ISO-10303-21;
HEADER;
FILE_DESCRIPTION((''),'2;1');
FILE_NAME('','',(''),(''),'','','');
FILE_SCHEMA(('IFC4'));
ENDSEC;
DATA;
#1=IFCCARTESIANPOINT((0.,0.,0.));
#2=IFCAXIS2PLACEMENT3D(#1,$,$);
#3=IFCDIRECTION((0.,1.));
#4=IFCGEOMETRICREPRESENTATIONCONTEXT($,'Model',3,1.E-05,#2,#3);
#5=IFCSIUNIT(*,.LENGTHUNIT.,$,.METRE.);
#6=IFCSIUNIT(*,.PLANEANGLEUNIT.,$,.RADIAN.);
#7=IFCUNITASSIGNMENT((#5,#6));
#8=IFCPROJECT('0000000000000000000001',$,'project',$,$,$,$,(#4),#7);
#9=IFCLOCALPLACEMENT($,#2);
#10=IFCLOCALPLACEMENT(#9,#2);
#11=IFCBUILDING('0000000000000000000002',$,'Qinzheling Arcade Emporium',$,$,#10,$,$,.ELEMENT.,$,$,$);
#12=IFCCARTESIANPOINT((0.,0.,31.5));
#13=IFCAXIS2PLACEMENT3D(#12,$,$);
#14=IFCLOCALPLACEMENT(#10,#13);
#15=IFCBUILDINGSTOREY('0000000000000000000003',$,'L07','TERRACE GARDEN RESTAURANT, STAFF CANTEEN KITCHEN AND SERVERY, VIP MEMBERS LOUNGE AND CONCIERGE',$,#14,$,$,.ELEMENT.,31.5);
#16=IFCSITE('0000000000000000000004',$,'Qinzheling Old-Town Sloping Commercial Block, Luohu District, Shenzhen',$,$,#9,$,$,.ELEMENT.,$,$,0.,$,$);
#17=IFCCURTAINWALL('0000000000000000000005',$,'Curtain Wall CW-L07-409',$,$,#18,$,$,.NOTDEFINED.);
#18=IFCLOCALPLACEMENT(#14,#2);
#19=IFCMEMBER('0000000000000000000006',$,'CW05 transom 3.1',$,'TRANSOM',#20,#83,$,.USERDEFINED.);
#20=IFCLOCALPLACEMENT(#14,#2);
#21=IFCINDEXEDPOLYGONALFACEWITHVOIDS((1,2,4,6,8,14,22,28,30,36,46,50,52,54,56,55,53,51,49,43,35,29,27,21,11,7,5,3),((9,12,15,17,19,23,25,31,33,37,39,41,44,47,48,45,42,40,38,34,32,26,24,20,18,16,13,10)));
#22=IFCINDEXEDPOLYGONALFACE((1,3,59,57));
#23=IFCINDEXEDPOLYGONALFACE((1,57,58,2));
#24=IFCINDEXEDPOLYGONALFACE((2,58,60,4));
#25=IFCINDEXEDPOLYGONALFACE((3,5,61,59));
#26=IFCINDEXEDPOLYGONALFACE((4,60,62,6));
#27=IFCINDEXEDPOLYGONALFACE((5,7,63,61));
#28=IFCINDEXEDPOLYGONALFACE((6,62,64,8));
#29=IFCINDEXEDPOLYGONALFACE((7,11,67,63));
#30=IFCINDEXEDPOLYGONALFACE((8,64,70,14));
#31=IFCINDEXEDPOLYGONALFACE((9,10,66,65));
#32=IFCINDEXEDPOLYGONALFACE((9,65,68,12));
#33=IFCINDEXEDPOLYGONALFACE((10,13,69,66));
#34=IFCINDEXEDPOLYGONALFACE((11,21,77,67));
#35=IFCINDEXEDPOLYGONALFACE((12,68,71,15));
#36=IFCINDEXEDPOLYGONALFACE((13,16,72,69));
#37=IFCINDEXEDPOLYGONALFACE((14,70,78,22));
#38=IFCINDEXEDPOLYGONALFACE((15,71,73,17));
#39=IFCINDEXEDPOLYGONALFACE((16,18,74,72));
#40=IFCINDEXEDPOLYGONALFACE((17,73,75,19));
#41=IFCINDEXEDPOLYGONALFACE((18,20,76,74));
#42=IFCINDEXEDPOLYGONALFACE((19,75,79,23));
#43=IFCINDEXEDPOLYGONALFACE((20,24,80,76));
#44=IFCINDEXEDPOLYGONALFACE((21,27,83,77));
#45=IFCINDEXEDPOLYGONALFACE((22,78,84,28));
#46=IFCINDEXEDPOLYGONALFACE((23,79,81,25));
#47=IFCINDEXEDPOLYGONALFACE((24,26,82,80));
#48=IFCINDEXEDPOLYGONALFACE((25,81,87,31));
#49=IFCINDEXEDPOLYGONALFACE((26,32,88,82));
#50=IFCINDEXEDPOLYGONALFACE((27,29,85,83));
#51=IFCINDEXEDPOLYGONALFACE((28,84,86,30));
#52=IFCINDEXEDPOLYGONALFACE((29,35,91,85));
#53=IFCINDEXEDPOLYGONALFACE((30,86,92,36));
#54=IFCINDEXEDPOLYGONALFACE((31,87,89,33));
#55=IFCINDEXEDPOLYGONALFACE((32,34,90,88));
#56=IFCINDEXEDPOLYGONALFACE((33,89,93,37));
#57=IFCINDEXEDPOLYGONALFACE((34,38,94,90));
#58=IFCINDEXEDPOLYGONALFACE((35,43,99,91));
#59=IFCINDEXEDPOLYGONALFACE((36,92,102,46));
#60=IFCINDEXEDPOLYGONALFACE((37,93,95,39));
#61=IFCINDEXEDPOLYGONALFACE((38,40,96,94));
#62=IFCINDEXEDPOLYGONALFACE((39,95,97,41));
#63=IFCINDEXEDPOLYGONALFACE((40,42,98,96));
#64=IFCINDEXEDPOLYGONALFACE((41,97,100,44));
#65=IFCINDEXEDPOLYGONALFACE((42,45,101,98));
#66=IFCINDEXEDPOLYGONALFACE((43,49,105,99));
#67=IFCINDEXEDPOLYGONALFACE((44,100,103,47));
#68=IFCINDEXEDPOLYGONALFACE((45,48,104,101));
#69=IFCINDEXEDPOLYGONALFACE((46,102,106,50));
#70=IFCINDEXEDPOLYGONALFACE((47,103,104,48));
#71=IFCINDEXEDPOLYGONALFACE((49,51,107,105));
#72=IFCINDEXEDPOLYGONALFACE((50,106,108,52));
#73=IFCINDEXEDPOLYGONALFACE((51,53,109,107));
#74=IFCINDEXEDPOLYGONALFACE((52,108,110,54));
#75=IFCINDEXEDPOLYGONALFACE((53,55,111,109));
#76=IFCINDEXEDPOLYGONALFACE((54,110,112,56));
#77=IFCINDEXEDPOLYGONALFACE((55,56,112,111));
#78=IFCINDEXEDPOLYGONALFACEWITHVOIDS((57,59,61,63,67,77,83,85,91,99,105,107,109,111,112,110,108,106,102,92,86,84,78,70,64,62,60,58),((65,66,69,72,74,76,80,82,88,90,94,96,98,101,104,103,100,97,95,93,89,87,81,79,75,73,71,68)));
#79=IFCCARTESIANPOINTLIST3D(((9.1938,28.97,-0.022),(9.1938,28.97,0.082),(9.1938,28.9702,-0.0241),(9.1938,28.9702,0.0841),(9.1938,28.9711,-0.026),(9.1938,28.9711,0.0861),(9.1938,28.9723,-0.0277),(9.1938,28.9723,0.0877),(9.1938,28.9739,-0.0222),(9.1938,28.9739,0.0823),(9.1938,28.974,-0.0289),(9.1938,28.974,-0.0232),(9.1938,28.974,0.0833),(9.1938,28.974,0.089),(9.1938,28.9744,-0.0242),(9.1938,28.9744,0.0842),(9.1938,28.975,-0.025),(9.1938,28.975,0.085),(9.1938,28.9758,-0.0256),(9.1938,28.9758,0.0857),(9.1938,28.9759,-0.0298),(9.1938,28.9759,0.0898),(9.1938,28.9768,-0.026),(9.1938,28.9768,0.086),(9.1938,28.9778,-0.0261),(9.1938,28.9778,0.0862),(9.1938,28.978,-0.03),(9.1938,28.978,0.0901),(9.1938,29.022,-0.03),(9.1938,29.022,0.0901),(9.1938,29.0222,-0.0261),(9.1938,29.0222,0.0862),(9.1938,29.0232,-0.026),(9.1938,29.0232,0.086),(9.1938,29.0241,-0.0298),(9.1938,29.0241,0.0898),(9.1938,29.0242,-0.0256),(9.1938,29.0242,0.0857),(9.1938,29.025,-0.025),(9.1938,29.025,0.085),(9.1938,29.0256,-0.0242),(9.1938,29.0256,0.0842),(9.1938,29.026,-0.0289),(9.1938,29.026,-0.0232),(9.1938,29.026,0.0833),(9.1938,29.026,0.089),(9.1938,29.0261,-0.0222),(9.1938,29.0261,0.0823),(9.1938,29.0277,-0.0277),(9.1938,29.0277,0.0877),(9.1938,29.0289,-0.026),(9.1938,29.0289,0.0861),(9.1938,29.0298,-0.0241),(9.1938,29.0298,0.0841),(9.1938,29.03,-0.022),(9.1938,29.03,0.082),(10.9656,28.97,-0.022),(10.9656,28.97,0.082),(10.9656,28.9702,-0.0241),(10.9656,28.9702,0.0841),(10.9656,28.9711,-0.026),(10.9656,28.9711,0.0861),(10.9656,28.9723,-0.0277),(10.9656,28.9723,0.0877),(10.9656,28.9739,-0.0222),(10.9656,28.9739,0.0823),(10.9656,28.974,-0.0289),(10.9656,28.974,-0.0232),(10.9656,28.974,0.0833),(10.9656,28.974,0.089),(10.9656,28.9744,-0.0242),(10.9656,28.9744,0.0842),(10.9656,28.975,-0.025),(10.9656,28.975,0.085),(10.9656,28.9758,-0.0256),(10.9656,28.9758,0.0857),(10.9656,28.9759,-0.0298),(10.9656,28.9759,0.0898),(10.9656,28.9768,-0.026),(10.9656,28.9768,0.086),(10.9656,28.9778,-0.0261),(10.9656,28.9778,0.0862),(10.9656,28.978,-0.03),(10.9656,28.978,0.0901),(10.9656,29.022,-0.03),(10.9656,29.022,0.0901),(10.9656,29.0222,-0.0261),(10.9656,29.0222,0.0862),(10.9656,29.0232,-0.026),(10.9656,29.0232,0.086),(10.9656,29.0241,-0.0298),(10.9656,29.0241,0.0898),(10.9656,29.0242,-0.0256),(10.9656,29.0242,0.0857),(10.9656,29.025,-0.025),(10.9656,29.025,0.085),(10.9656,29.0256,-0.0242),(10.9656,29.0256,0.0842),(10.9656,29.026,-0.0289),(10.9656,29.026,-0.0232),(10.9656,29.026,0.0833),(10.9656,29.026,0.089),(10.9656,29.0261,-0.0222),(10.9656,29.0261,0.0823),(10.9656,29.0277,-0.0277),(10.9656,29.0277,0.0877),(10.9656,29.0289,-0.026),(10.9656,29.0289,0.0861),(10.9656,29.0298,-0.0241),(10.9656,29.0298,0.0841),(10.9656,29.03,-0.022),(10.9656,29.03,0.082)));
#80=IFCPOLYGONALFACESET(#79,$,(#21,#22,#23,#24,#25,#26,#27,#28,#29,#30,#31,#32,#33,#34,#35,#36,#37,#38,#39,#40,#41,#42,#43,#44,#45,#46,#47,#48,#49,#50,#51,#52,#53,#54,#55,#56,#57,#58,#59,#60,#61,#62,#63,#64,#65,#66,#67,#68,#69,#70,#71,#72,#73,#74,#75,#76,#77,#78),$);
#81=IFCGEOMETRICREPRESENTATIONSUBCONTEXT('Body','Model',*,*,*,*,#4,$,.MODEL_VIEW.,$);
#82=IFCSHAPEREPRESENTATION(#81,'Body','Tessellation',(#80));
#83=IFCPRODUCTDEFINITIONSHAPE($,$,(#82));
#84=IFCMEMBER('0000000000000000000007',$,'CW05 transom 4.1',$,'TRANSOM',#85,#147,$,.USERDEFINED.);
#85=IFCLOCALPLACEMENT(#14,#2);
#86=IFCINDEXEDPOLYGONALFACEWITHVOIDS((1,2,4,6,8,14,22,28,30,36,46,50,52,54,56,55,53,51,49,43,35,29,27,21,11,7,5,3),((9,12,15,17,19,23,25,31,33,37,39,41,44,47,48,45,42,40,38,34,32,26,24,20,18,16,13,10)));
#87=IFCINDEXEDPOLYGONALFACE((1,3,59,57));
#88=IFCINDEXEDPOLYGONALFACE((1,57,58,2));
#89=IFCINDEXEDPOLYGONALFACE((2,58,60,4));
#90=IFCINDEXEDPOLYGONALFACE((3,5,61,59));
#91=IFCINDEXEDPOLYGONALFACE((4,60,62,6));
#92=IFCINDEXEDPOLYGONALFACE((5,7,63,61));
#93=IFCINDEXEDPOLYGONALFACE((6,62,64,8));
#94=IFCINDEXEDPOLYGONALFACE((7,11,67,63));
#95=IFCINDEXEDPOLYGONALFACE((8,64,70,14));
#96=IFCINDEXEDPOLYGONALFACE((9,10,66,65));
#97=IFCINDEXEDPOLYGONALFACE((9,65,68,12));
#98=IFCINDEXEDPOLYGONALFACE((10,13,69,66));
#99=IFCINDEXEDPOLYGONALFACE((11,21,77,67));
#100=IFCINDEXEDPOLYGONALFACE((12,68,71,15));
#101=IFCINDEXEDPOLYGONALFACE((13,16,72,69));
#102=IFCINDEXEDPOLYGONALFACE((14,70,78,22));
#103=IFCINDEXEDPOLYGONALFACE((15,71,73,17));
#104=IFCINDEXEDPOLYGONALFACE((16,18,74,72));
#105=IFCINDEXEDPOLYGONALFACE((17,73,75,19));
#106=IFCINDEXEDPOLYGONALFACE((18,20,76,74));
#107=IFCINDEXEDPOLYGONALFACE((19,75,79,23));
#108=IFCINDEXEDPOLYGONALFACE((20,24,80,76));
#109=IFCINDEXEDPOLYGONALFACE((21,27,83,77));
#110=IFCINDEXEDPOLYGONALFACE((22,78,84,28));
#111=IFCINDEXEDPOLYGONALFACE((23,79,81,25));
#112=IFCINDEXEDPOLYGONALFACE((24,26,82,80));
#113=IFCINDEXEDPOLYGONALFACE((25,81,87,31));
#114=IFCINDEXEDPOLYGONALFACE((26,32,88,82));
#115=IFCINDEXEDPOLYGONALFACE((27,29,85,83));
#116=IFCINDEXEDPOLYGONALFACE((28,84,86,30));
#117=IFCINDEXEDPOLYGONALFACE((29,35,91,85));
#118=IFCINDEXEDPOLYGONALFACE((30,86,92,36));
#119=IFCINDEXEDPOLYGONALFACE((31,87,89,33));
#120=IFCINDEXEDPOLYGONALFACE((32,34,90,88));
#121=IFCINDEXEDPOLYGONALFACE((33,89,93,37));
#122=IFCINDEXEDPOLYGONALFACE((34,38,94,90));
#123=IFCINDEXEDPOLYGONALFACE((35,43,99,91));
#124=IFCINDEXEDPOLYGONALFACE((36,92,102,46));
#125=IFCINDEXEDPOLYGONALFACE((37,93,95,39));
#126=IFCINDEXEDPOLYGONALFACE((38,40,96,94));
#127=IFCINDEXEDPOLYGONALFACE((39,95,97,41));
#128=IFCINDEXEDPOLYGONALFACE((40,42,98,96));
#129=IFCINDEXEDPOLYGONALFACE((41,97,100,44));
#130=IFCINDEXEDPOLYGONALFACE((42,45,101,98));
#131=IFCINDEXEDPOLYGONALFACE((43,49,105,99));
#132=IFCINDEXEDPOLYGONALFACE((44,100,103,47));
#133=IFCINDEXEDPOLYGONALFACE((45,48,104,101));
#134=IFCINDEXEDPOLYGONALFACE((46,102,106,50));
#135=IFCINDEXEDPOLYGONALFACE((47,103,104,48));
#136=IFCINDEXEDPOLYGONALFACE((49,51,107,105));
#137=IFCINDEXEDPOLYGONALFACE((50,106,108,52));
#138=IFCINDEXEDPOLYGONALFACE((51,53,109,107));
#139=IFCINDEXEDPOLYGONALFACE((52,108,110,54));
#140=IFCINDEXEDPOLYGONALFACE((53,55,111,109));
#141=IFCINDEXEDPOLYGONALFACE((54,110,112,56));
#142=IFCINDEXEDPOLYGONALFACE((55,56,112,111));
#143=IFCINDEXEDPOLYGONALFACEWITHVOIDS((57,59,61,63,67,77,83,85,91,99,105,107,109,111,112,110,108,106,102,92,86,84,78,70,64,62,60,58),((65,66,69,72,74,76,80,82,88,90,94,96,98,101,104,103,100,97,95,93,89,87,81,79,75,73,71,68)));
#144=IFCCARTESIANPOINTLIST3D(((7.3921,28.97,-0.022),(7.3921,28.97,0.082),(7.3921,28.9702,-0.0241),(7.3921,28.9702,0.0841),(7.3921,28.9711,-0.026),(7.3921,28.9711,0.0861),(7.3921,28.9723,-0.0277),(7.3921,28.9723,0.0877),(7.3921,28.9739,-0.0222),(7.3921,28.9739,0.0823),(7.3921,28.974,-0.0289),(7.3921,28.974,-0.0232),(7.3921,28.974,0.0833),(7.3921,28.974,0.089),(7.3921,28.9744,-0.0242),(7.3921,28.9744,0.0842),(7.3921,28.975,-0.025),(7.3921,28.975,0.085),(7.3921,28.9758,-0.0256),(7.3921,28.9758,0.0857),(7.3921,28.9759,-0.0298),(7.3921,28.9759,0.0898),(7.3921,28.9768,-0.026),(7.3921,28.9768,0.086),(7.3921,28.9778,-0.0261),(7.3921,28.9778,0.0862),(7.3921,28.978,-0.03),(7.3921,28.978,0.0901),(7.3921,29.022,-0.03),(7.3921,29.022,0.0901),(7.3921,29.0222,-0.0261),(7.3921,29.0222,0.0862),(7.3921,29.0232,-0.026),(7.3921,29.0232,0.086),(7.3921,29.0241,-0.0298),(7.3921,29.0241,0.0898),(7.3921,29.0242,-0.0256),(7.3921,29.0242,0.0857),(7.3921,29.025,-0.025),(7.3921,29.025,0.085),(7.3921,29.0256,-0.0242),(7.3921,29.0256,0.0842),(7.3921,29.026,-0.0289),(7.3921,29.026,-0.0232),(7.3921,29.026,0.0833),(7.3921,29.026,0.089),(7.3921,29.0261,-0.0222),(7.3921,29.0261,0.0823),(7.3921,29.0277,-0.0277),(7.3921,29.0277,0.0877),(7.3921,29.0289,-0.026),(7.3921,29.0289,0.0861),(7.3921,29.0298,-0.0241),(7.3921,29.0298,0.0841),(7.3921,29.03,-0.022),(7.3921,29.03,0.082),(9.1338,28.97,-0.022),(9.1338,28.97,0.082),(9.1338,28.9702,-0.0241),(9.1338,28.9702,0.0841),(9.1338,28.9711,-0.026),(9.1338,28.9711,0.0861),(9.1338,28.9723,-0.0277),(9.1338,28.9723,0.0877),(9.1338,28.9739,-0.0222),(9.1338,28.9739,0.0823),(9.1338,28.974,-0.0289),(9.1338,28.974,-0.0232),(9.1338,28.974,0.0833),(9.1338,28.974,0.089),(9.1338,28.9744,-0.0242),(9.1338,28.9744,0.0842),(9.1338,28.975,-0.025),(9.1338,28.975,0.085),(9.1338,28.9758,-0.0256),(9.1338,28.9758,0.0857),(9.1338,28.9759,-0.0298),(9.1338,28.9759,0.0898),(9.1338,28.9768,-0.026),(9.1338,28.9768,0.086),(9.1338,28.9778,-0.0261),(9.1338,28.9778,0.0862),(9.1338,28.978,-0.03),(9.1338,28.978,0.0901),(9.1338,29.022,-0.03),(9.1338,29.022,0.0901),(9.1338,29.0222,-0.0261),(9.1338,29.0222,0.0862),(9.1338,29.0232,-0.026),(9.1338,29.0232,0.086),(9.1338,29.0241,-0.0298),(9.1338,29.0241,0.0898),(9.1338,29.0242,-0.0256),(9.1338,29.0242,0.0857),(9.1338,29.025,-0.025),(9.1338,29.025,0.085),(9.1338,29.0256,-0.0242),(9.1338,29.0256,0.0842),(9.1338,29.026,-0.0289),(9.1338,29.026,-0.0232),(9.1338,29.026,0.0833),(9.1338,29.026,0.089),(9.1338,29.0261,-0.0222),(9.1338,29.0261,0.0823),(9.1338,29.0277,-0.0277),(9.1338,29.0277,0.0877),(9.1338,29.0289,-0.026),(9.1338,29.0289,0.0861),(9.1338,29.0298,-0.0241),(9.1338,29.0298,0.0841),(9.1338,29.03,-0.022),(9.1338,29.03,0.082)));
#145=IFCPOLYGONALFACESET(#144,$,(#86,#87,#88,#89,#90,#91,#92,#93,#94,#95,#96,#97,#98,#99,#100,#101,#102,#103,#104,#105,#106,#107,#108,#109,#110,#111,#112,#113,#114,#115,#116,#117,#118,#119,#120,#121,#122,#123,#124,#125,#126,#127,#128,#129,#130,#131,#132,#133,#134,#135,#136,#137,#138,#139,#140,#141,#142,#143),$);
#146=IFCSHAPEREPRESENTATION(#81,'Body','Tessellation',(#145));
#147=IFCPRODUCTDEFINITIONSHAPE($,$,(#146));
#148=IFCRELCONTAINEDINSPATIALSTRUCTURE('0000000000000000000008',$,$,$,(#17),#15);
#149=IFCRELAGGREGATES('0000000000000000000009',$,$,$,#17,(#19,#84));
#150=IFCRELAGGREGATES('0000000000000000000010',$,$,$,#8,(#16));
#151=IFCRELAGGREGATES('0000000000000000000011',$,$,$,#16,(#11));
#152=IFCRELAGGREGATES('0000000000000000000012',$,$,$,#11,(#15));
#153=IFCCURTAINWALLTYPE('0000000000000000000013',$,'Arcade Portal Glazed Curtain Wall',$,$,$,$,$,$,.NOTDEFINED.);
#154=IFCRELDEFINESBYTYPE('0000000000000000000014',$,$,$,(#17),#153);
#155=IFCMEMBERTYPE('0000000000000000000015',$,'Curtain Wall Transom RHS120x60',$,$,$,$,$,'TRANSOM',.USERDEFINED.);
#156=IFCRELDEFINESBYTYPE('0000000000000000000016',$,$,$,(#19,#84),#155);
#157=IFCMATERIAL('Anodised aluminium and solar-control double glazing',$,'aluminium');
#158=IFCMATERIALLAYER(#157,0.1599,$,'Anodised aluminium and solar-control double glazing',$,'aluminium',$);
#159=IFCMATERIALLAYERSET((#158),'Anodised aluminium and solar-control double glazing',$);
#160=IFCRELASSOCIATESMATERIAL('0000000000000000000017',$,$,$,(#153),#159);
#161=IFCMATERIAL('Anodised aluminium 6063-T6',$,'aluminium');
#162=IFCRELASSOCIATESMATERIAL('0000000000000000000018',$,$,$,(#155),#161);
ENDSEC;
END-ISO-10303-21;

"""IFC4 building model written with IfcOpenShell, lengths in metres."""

from ifc_helpers import new_model, si_unit, direction, frame, origin, origin_2d, place, context, subcontext, project, spatial, hollow_rectangle, extrude, material, layer, layer_set, material_profile, profile_set, type_object, element, aggregate, save


model = new_model("IFC4")

# Units and contexts
model_context = context("Model", 3, precision=1e-05, world=origin(), true_north=direction((0.0, 1.0)))
body_context = subcontext(model_context, "Body", "Model", "MODEL_VIEW")
ifc_project = project(units=[si_unit("LENGTHUNIT", "METRE"), si_unit("PLANEANGLEUNIT", "RADIAN")], contexts=[model_context])

# Site, building, storey
site_placement = place(None, origin())
site = spatial("IfcSite", under=ifc_project, at=site_placement, Name="Qinzheling Old-Town Sloping Commercial Block, Luohu District, Shenzhen", CompositionType="ELEMENT", RefElevation=0.0)
building_placement = place(site_placement, origin())
building = spatial("IfcBuilding", under=site, at=building_placement, Name="Qinzheling Arcade Emporium", CompositionType="ELEMENT")
storey_placement = place(building_placement, frame((0.0, 0.0, 31.5)))
storey = spatial("IfcBuildingStorey", under=building, at=storey_placement, Name="L07", Description="TERRACE GARDEN RESTAURANT, STAFF CANTEEN KITCHEN AND SERVERY, VIP MEMBERS LOUNGE AND CONCIERGE", CompositionType="ELEMENT", Elevation=31.5)

# Curtain wall
ifc_material_1 = material(Name="Anodised aluminium and solar-control double glazing", Category="aluminium")
ifc_layer_1 = layer(ifc_material_1, 0.1599, Name="Anodised aluminium and solar-control double glazing", Category="aluminium")
ifc_layer_set_1 = layer_set([ifc_layer_1], Name="Anodised aluminium and solar-control double glazing")
curtain_wall_type = type_object("IfcCurtainWallType", Name="Arcade Portal Glazed Curtain Wall", PredefinedType="NOTDEFINED", material=ifc_layer_set_1)
curtain_wall_1_placement = place(storey_placement, origin())
curtain_wall_1 = element("IfcCurtainWall", 1, at=curtain_wall_1_placement, inside=storey, type_object=curtain_wall_type, Name="Curtain Wall CW-L07-409", PredefinedType="NOTDEFINED")
ifc_material_2 = material(Name="Anodised aluminium 6063-T6", Category="aluminium")

# Members
ifc_material_profile_1 = material_profile(ifc_material_2, hollow_rectangle(XDim=0.0601, YDim=0.1201, WallThickness=0.0039, InnerFilletRadius=0.0039, OuterFilletRadius=0.0081, at=origin_2d()), Name="RHS 120x60x4", Category="aluminium")
ifc_profile_set_1 = profile_set([ifc_material_profile_1], Name="Anodised aluminium 6063-T6")
member_type_1 = type_object("IfcMemberType", Name="Curtain Wall Transom RHS120x60", ElementType="TRANSOM", PredefinedType="USERDEFINED", material=ifc_profile_set_1)
member_1_placement = place(storey_placement, frame((10.9656, 29.0, 0.03), z_axis=(-1.0, 0.0, 0.0), x_axis=(0.0, -1.0, 0.0)))
member_1 = element("IfcMember", 2, at=member_1_placement, type_object=member_type_1, Name="CW05 transom 3.1", ObjectType="TRANSOM", PredefinedType="USERDEFINED", context=body_context, shape_type="SweptSolid", body=[
    extrude(hollow_rectangle(XDim=0.0601, YDim=0.1201, WallThickness=0.0039, InnerFilletRadius=0.0039, OuterFilletRadius=0.0081, at=origin_2d()), origin(), (0.0, 0.0, 1.0), 1.7717),
])
member_2_placement = place(storey_placement, frame((9.1338, 29.0, 0.03), z_axis=(-1.0, 0.0, 0.0), x_axis=(0.0, -1.0, 0.0)))
member_2 = element("IfcMember", 3, at=member_2_placement, type_object=member_type_1, Name="CW05 transom 4.1", ObjectType="TRANSOM", PredefinedType="USERDEFINED", context=body_context, shape_type="SweptSolid", body=[
    extrude(hollow_rectangle(XDim=0.0601, YDim=0.1201, WallThickness=0.0039, InnerFilletRadius=0.0039, OuterFilletRadius=0.0081, at=origin_2d()), origin(), (0.0, 0.0, 1.0), 1.7417),
])

aggregate(curtain_wall_1, [member_1, member_2])

save(model, "model.ifc")
